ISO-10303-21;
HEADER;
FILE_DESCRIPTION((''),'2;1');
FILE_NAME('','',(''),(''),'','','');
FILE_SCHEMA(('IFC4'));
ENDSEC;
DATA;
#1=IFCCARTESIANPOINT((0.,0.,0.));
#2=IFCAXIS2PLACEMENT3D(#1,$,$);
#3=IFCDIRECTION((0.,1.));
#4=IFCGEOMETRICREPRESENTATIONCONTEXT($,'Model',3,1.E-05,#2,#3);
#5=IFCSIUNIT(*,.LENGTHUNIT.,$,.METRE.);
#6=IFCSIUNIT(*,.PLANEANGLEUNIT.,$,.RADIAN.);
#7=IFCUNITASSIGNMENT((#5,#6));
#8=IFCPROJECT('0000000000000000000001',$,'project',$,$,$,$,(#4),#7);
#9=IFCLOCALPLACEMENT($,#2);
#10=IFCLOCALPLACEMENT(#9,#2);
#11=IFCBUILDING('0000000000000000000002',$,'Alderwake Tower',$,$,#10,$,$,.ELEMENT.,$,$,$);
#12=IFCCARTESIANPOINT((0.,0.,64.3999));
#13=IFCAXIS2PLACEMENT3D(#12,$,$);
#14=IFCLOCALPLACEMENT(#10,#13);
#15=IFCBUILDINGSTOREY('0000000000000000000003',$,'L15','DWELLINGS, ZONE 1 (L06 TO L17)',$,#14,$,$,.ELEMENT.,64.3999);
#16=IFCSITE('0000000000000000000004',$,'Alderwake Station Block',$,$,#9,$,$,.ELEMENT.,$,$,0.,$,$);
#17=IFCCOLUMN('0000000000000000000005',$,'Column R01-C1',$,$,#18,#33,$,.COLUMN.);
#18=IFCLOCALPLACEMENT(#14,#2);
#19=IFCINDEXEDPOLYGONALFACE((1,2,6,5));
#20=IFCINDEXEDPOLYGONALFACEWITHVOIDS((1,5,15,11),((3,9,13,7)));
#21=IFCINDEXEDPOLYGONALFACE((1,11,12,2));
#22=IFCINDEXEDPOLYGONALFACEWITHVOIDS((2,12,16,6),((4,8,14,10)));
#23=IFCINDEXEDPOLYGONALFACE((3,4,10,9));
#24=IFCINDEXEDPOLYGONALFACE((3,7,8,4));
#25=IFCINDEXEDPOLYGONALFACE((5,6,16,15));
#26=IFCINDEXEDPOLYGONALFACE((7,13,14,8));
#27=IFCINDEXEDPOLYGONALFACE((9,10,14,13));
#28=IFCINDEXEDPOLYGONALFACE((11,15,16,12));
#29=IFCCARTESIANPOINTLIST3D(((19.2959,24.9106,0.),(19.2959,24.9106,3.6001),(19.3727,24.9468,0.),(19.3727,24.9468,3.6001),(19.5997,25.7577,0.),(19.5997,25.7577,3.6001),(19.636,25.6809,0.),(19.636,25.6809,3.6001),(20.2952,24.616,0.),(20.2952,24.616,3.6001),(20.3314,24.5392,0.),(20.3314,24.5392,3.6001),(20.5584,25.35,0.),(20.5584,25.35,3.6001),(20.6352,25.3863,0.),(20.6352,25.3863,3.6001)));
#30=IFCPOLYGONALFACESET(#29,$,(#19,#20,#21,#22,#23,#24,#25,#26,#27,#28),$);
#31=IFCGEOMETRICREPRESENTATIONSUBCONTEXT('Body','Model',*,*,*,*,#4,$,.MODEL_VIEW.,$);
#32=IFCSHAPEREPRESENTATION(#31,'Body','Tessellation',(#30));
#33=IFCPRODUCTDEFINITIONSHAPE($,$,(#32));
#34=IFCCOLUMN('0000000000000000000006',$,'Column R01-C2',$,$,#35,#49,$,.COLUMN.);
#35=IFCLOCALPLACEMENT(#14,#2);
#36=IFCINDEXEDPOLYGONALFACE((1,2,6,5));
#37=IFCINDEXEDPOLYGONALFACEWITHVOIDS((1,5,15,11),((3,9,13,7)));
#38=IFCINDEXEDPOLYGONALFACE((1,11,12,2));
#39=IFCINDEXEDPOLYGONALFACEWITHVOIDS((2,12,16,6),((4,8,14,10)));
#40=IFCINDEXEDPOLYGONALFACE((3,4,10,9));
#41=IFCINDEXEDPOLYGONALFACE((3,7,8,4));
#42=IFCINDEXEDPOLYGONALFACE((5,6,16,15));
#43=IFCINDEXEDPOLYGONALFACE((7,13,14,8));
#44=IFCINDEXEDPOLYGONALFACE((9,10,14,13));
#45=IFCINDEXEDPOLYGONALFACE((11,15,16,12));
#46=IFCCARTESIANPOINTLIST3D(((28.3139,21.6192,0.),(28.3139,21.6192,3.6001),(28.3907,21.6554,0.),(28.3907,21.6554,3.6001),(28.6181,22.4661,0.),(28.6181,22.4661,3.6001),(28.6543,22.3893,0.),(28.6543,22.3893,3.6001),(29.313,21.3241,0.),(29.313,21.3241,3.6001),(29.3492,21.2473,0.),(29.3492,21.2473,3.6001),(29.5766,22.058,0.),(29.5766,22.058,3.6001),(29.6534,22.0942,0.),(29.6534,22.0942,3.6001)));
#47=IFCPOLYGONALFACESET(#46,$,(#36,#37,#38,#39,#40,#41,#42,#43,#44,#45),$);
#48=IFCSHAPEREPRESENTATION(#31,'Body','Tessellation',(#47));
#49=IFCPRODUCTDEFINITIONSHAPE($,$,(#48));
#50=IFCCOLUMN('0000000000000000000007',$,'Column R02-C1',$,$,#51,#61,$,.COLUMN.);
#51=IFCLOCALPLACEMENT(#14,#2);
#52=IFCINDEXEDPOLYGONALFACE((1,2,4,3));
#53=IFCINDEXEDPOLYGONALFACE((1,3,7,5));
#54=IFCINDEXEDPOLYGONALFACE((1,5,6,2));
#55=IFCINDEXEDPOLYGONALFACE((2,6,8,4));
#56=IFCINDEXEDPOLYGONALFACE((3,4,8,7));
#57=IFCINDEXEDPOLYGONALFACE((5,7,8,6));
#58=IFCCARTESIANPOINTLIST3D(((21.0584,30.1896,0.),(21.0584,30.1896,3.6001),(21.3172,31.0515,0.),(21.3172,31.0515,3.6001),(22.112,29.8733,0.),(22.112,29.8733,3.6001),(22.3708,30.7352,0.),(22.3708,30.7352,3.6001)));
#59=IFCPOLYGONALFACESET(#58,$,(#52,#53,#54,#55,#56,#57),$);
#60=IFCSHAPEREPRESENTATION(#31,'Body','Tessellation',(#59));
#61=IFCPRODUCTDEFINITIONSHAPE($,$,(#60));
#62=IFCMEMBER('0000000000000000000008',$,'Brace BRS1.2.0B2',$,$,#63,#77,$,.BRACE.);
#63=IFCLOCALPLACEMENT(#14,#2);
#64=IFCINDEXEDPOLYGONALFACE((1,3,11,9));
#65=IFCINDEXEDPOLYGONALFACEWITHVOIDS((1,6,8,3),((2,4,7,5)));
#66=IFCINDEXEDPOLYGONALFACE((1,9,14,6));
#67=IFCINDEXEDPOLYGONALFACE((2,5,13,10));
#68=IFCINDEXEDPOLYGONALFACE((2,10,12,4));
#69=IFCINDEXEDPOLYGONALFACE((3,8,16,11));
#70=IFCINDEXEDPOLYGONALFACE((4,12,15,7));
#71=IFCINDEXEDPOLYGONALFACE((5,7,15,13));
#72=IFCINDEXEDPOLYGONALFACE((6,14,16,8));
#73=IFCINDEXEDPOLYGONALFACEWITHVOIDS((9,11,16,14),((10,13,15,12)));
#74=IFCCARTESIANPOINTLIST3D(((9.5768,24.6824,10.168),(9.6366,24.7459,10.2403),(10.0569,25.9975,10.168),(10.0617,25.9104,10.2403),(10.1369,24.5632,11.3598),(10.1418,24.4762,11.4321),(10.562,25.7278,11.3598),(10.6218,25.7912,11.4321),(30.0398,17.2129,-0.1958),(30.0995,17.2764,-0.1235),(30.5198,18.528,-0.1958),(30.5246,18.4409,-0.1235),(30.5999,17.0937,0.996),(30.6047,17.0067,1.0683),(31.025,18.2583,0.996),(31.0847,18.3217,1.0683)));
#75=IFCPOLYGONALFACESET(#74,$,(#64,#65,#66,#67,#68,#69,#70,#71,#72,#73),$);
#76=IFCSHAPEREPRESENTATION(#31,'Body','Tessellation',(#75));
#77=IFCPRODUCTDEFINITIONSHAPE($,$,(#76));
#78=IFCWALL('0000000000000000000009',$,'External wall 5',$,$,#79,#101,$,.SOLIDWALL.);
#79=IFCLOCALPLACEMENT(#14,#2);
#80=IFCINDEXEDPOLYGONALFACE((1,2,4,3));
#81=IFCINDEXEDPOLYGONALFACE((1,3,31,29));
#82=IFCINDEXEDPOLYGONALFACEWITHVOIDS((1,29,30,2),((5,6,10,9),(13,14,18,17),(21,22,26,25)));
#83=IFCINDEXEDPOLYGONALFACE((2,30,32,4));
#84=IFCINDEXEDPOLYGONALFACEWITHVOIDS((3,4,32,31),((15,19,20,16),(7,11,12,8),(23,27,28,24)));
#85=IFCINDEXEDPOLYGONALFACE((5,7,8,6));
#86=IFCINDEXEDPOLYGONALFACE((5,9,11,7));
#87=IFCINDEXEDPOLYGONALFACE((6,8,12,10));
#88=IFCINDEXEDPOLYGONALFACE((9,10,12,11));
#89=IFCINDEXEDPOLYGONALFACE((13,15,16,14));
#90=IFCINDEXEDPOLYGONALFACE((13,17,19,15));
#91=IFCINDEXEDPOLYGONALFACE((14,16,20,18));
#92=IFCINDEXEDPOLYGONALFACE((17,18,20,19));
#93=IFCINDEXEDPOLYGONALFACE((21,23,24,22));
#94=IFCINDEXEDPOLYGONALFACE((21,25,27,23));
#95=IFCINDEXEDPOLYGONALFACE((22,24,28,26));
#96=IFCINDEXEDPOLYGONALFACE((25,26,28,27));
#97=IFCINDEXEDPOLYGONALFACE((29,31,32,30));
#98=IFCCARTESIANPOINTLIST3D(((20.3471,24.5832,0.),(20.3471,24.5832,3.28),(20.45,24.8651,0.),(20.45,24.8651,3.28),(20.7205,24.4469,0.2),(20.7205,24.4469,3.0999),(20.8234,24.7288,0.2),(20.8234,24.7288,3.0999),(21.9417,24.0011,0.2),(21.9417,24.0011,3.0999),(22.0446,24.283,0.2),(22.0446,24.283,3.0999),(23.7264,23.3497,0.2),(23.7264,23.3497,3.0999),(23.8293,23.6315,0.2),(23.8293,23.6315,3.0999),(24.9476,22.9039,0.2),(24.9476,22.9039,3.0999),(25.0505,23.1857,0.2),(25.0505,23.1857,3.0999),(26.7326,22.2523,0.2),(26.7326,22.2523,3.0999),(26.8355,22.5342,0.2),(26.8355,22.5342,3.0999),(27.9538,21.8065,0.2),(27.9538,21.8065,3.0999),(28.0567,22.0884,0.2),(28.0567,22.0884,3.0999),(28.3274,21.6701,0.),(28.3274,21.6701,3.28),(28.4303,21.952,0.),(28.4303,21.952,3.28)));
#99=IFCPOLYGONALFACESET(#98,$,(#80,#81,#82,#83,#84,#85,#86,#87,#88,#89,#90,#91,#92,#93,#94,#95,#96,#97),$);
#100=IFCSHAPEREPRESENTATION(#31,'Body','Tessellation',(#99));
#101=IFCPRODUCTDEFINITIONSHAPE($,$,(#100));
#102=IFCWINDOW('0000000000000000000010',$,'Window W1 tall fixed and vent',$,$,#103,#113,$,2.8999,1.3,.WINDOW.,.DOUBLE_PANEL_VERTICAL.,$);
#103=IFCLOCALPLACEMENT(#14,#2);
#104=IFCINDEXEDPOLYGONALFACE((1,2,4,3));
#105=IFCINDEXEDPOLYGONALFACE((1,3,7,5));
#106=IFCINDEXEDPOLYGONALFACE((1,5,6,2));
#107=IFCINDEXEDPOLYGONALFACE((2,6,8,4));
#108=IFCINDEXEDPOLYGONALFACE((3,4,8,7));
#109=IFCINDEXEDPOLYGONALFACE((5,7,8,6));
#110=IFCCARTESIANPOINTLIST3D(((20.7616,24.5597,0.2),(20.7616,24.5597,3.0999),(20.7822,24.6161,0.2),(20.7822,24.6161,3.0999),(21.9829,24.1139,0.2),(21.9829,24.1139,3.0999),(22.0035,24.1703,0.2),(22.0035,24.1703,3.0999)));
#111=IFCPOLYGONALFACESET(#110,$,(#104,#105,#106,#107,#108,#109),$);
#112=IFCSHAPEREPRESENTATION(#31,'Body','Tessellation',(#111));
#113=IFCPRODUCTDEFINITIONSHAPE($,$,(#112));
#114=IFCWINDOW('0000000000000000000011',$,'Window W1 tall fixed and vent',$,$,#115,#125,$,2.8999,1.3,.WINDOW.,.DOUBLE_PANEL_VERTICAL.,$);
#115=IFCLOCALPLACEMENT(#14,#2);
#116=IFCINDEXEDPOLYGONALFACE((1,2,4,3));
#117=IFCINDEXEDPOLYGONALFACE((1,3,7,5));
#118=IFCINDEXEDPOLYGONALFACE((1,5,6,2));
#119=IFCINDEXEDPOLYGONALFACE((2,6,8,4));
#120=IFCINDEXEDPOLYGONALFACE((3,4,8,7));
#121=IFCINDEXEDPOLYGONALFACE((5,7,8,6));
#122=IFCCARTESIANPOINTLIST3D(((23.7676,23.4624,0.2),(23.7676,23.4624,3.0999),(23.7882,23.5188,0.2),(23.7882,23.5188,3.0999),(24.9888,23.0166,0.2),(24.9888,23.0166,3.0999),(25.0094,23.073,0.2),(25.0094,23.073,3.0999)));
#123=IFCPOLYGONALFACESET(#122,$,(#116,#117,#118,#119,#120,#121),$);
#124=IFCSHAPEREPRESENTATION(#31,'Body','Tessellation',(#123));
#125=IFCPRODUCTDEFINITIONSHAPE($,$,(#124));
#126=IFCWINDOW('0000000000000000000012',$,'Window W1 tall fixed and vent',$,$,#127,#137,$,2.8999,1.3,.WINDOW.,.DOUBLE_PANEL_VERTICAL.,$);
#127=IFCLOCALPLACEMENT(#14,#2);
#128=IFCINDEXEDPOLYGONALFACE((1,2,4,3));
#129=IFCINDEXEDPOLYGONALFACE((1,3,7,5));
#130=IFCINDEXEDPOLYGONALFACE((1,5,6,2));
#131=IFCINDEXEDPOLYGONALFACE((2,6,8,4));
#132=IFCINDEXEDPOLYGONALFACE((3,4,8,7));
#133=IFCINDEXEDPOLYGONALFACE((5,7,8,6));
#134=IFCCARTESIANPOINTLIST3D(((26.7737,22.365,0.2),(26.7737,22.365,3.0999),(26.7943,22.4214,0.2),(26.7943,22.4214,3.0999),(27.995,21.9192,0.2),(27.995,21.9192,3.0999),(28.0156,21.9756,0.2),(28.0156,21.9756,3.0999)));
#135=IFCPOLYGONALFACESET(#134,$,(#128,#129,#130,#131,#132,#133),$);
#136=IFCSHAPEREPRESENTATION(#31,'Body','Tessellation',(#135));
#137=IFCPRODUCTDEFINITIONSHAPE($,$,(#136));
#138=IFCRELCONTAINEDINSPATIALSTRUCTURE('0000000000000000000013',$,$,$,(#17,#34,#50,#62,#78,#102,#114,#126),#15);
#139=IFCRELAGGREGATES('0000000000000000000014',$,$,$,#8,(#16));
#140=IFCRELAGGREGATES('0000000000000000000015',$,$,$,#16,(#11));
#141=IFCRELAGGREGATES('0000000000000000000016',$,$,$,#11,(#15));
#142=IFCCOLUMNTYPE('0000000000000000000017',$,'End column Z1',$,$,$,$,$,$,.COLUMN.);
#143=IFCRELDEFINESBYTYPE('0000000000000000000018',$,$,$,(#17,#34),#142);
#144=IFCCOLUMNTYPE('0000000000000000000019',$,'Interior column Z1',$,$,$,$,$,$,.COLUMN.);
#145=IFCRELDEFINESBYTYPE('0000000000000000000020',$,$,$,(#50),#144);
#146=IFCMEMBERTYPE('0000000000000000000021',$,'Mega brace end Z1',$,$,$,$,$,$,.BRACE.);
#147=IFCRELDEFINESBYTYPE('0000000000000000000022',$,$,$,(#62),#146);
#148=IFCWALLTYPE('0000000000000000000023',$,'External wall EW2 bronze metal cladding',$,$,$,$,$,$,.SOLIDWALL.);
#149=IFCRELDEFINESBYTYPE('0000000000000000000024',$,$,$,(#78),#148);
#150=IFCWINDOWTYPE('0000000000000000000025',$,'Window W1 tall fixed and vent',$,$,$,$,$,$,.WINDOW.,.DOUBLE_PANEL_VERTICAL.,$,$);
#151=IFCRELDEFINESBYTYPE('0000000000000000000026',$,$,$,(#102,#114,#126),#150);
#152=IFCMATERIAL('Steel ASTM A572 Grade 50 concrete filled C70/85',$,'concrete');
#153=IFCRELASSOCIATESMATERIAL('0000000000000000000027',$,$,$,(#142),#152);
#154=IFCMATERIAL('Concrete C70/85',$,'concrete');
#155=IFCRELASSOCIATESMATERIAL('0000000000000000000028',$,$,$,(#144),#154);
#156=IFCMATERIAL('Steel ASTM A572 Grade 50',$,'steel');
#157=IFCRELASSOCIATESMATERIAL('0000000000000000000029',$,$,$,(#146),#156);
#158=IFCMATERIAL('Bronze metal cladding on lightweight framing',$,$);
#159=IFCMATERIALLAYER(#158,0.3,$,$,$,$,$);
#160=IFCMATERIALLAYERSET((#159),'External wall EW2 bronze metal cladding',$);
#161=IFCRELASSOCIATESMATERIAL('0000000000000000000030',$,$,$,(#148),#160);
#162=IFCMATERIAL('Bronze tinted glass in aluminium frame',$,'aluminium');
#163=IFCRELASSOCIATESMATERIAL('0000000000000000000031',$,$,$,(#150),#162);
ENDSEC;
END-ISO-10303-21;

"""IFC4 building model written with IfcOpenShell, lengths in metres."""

from ifc_helpers import new_model, si_unit, direction, frame, frame_2d, origin, origin_2d, place, context, subcontext, project, spatial, rectangle, hollow_rectangle, extrude, material, layer, layer_set, material_profile, profile_set, type_object, element, fill, save


model = new_model("IFC4")

# Units and contexts
model_context = context("Model", 3, precision=1e-05, world=origin(), true_north=direction((0.0, 1.0)))
body_context = subcontext(model_context, "Body", "Model", "MODEL_VIEW")
ifc_project = project(units=[si_unit("LENGTHUNIT", "METRE"), si_unit("PLANEANGLEUNIT", "RADIAN")], contexts=[model_context])

# Site, building, storey
site_placement = place(None, origin())
site = spatial("IfcSite", under=ifc_project, at=site_placement, Name="Alderwake Station Block", CompositionType="ELEMENT", RefElevation=0.0)
building_placement = place(site_placement, origin())
building = spatial("IfcBuilding", under=site, at=building_placement, Name="Alderwake Tower", CompositionType="ELEMENT")
storey_placement = place(building_placement, frame((0.0, 0.0, 64.3999)))
storey = spatial("IfcBuildingStorey", under=building, at=storey_placement, Name="L15", Description="DWELLINGS, ZONE 1 (L06 TO L17)", CompositionType="ELEMENT", Elevation=64.3999)

# Columns
ifc_material_1 = material(Name="Steel ASTM A572 Grade 50 concrete filled C70/85", Category="concrete")
ifc_material_profile_1 = material_profile(ifc_material_1, hollow_rectangle(XDim=0.8999, YDim=1.1001, WallThickness=0.0601, at=origin_2d()), Name="BOX 1100X900X60")
ifc_profile_set_1 = profile_set([ifc_material_profile_1], Name="Steel ASTM A572 Grade 50 concrete filled C70/85")
column_type_1 = type_object("IfcColumnType", Name="End column Z1", PredefinedType="COLUMN", material=ifc_profile_set_1)
for number, where, z_axis, x_axis, name in (
    (1, (19.9656, 25.1484, 0.0), (0.0, 0.0, 1.0), (0.337585, 0.941295, 0.0), "Column R01-C1"),
    (2, (28.9836, 21.8567, 0.0), (0.0, 0.0, 1.0), (0.338027, 0.941136, 0.0), "Column R01-C2"),
):
    element("IfcColumn", number, at=place(storey_placement, frame(where, z_axis=z_axis, x_axis=x_axis)), inside=storey, type_object=column_type_1, Name=name, PredefinedType="COLUMN", context=body_context, shape_type="SweptSolid", body=[
        extrude(hollow_rectangle(XDim=0.8999, YDim=1.1001, WallThickness=0.0601, at=origin_2d()), origin(), (0.0, 0.0, 1.0), 3.6001),
    ])
ifc_material_2 = material(Name="Concrete C70/85", Category="concrete")
ifc_material_profile_2 = material_profile(ifc_material_2, rectangle(XDim=0.8999, YDim=1.1001, at=origin_2d()), Name="RC 1100X900")
ifc_profile_set_2 = profile_set([ifc_material_profile_2], Name="Concrete C70/85")
column_type_2 = type_object("IfcColumnType", Name="Interior column Z1", PredefinedType="COLUMN", material=ifc_profile_set_2)
column_placement = place(storey_placement, frame((21.7146, 30.4624, 0.0), z_axis=(0.0, 0.0, 1.0), x_axis=(0.287549, 0.957766, 0.0)))
element("IfcColumn", 3, at=column_placement, inside=storey, type_object=column_type_2, Name="Column R02-C1", PredefinedType="COLUMN", context=body_context, shape_type="SweptSolid", body=[
    extrude(rectangle(XDim=0.8999, YDim=1.1001, at=origin_2d()), origin(), (0.0, 0.0, 1.0), 3.6001),
])

# Member
ifc_material_3 = material(Name="Steel ASTM A572 Grade 50", Category="steel")
ifc_material_profile_3 = material_profile(ifc_material_3, hollow_rectangle(XDim=1.3999, YDim=1.3999, WallThickness=0.0801, at=origin_2d()), Name="BOX 1400X1400X80")
ifc_profile_set_3 = profile_set([ifc_material_profile_3], Name="Steel ASTM A572 Grade 50")
member_type = type_object("IfcMemberType", Name="Mega brace end Z1", PredefinedType="BRACE", material=ifc_profile_set_3)
member_placement = place(storey_placement, frame((30.5623, 17.7673, 0.4363), z_axis=(-0.848265, 0.309638, 0.429618), x_axis=(-0.342896, -0.939374, 0.0)))
element("IfcMember", 4, at=member_placement, inside=storey, type_object=member_type, Name="Brace BRS1.2.0B2", PredefinedType="BRACE", context=body_context, shape_type="SweptSolid", body=[
    extrude(hollow_rectangle(XDim=1.3999, YDim=1.3999, WallThickness=0.0801, at=origin_2d()), origin(), (0.0, 0.0, 1.0), 24.1233),
])

# Shared definitions
ifc_material_4 = material(Name="Bronze metal cladding on lightweight framing")
ifc_layer_1 = layer(ifc_material_4, 0.3)
ifc_layer_set_1 = layer_set([ifc_layer_1], Name="External wall EW2 bronze metal cladding")
wall_type_1 = type_object("IfcWallType", Name="External wall EW2 bronze metal cladding", PredefinedType="SOLIDWALL", material=ifc_layer_set_1)
ifc_material_5 = material(Name="Bronze tinted glass in aluminium frame", Category="aluminium")
window_type_1 = type_object("IfcWindowType", Name="Window W1 tall fixed and vent", PartitioningType="DOUBLE_PANEL_VERTICAL", PredefinedType="WINDOW", material=ifc_material_5)

# Wall, openings, windows
wall_1_placement = place(storey_placement, frame((20.3987, 24.7241, 0.0), z_axis=(0.0, 0.0, 1.0), x_axis=(0.93937, -0.342906, 0.0)))
wall_1 = element("IfcWall", 5, at=wall_1_placement, inside=storey, type_object=wall_type_1, Name="External wall 5", PredefinedType="SOLIDWALL", context=body_context, shape_type="SweptSolid", body=[
    extrude(rectangle(XDim=8.4954, YDim=0.3, at=frame_2d((4.2476, 0.0))), origin(), (0.0, 0.0, 1.0), 3.28),
])
opening_1_placement = place(wall_1_placement, frame((0.3975, 0.0, 0.2)))
opening_1 = element("IfcOpeningElement", 6, at=opening_1_placement, cuts=wall_1, PredefinedType="OPENING", context=body_context, shape_type="SweptSolid", body=[
    extrude(rectangle(XDim=1.3, YDim=2.8999, at=frame_2d((0.6499, 1.45))), frame((0.0, 0.1599, 0.0), z_axis=(0.0, -1.0, 0.0), x_axis=(1.0, 0.0, 0.0)), (0.0, 0.0, 1.0), 0.3201),
])
opening_2_placement = place(wall_1_placement, frame((3.5974, 0.0, 0.2)))
opening_2 = element("IfcOpeningElement", 7, at=opening_2_placement, cuts=wall_1, PredefinedType="OPENING", context=body_context, shape_type="SweptSolid", body=[
    extrude(rectangle(XDim=1.3, YDim=2.8999, at=frame_2d((0.6499, 1.45))), frame((0.0, 0.1599, 0.0), z_axis=(0.0, -1.0, 0.0), x_axis=(1.0, 0.0, 0.0)), (0.0, 0.0, 1.0), 0.3201),
])
opening_3_placement = place(wall_1_placement, frame((6.7976, 0.0, 0.2)))
opening_3 = element("IfcOpeningElement", 8, at=opening_3_placement, cuts=wall_1, PredefinedType="OPENING", context=body_context, shape_type="SweptSolid", body=[
    extrude(rectangle(XDim=1.3, YDim=2.8999, at=frame_2d((0.6499, 1.45))), frame((0.0, 0.1599, 0.0), z_axis=(0.0, -1.0, 0.0), x_axis=(1.0, 0.0, 0.0)), (0.0, 0.0, 1.0), 0.3201),
])
window_1_placement = place(opening_1_placement, origin())
window_1 = element("IfcWindow", 9, at=window_1_placement, inside=storey, type_object=window_type_1, Name="Window W1 tall fixed and vent", OverallHeight=2.8999, OverallWidth=1.3, PartitioningType="DOUBLE_PANEL_VERTICAL", PredefinedType="WINDOW", context=body_context, shape_type="SweptSolid", body=[
    extrude(rectangle(XDim=1.3, YDim=2.8999, at=frame_2d((0.6499, 1.45))), frame((0.0, 0.03, 0.0), z_axis=(0.0, -1.0, 0.0), x_axis=(1.0, 0.0, 0.0)), (0.0, 0.0, 1.0), 0.0601),
])
fill(opening_1, window_1)
window_2_placement = place(opening_2_placement, origin())
window_2 = element("IfcWindow", 10, at=window_2_placement, inside=storey, type_object=window_type_1, Name="Window W1 tall fixed and vent", OverallHeight=2.8999, OverallWidth=1.3, PartitioningType="DOUBLE_PANEL_VERTICAL", PredefinedType="WINDOW", context=body_context, shape_type="SweptSolid", body=[
    extrude(rectangle(XDim=1.3, YDim=2.8999, at=frame_2d((0.6499, 1.45))), frame((0.0, 0.03, 0.0), z_axis=(0.0, -1.0, 0.0), x_axis=(1.0, 0.0, 0.0)), (0.0, 0.0, 1.0), 0.0601),
])
fill(opening_2, window_2)
window_3_placement = place(opening_3_placement, origin())
window_3 = element("IfcWindow", 11, at=window_3_placement, inside=storey, type_object=window_type_1, Name="Window W1 tall fixed and vent", OverallHeight=2.8999, OverallWidth=1.3, PartitioningType="DOUBLE_PANEL_VERTICAL", PredefinedType="WINDOW", context=body_context, shape_type="SweptSolid", body=[
    extrude(rectangle(XDim=1.3, YDim=2.8999, at=frame_2d((0.6499, 1.45))), frame((0.0, 0.03, 0.0), z_axis=(0.0, -1.0, 0.0), x_axis=(1.0, 0.0, 0.0)), (0.0, 0.0, 1.0), 0.0601),
])
fill(opening_3, window_3)

save(model, "model.ifc")
